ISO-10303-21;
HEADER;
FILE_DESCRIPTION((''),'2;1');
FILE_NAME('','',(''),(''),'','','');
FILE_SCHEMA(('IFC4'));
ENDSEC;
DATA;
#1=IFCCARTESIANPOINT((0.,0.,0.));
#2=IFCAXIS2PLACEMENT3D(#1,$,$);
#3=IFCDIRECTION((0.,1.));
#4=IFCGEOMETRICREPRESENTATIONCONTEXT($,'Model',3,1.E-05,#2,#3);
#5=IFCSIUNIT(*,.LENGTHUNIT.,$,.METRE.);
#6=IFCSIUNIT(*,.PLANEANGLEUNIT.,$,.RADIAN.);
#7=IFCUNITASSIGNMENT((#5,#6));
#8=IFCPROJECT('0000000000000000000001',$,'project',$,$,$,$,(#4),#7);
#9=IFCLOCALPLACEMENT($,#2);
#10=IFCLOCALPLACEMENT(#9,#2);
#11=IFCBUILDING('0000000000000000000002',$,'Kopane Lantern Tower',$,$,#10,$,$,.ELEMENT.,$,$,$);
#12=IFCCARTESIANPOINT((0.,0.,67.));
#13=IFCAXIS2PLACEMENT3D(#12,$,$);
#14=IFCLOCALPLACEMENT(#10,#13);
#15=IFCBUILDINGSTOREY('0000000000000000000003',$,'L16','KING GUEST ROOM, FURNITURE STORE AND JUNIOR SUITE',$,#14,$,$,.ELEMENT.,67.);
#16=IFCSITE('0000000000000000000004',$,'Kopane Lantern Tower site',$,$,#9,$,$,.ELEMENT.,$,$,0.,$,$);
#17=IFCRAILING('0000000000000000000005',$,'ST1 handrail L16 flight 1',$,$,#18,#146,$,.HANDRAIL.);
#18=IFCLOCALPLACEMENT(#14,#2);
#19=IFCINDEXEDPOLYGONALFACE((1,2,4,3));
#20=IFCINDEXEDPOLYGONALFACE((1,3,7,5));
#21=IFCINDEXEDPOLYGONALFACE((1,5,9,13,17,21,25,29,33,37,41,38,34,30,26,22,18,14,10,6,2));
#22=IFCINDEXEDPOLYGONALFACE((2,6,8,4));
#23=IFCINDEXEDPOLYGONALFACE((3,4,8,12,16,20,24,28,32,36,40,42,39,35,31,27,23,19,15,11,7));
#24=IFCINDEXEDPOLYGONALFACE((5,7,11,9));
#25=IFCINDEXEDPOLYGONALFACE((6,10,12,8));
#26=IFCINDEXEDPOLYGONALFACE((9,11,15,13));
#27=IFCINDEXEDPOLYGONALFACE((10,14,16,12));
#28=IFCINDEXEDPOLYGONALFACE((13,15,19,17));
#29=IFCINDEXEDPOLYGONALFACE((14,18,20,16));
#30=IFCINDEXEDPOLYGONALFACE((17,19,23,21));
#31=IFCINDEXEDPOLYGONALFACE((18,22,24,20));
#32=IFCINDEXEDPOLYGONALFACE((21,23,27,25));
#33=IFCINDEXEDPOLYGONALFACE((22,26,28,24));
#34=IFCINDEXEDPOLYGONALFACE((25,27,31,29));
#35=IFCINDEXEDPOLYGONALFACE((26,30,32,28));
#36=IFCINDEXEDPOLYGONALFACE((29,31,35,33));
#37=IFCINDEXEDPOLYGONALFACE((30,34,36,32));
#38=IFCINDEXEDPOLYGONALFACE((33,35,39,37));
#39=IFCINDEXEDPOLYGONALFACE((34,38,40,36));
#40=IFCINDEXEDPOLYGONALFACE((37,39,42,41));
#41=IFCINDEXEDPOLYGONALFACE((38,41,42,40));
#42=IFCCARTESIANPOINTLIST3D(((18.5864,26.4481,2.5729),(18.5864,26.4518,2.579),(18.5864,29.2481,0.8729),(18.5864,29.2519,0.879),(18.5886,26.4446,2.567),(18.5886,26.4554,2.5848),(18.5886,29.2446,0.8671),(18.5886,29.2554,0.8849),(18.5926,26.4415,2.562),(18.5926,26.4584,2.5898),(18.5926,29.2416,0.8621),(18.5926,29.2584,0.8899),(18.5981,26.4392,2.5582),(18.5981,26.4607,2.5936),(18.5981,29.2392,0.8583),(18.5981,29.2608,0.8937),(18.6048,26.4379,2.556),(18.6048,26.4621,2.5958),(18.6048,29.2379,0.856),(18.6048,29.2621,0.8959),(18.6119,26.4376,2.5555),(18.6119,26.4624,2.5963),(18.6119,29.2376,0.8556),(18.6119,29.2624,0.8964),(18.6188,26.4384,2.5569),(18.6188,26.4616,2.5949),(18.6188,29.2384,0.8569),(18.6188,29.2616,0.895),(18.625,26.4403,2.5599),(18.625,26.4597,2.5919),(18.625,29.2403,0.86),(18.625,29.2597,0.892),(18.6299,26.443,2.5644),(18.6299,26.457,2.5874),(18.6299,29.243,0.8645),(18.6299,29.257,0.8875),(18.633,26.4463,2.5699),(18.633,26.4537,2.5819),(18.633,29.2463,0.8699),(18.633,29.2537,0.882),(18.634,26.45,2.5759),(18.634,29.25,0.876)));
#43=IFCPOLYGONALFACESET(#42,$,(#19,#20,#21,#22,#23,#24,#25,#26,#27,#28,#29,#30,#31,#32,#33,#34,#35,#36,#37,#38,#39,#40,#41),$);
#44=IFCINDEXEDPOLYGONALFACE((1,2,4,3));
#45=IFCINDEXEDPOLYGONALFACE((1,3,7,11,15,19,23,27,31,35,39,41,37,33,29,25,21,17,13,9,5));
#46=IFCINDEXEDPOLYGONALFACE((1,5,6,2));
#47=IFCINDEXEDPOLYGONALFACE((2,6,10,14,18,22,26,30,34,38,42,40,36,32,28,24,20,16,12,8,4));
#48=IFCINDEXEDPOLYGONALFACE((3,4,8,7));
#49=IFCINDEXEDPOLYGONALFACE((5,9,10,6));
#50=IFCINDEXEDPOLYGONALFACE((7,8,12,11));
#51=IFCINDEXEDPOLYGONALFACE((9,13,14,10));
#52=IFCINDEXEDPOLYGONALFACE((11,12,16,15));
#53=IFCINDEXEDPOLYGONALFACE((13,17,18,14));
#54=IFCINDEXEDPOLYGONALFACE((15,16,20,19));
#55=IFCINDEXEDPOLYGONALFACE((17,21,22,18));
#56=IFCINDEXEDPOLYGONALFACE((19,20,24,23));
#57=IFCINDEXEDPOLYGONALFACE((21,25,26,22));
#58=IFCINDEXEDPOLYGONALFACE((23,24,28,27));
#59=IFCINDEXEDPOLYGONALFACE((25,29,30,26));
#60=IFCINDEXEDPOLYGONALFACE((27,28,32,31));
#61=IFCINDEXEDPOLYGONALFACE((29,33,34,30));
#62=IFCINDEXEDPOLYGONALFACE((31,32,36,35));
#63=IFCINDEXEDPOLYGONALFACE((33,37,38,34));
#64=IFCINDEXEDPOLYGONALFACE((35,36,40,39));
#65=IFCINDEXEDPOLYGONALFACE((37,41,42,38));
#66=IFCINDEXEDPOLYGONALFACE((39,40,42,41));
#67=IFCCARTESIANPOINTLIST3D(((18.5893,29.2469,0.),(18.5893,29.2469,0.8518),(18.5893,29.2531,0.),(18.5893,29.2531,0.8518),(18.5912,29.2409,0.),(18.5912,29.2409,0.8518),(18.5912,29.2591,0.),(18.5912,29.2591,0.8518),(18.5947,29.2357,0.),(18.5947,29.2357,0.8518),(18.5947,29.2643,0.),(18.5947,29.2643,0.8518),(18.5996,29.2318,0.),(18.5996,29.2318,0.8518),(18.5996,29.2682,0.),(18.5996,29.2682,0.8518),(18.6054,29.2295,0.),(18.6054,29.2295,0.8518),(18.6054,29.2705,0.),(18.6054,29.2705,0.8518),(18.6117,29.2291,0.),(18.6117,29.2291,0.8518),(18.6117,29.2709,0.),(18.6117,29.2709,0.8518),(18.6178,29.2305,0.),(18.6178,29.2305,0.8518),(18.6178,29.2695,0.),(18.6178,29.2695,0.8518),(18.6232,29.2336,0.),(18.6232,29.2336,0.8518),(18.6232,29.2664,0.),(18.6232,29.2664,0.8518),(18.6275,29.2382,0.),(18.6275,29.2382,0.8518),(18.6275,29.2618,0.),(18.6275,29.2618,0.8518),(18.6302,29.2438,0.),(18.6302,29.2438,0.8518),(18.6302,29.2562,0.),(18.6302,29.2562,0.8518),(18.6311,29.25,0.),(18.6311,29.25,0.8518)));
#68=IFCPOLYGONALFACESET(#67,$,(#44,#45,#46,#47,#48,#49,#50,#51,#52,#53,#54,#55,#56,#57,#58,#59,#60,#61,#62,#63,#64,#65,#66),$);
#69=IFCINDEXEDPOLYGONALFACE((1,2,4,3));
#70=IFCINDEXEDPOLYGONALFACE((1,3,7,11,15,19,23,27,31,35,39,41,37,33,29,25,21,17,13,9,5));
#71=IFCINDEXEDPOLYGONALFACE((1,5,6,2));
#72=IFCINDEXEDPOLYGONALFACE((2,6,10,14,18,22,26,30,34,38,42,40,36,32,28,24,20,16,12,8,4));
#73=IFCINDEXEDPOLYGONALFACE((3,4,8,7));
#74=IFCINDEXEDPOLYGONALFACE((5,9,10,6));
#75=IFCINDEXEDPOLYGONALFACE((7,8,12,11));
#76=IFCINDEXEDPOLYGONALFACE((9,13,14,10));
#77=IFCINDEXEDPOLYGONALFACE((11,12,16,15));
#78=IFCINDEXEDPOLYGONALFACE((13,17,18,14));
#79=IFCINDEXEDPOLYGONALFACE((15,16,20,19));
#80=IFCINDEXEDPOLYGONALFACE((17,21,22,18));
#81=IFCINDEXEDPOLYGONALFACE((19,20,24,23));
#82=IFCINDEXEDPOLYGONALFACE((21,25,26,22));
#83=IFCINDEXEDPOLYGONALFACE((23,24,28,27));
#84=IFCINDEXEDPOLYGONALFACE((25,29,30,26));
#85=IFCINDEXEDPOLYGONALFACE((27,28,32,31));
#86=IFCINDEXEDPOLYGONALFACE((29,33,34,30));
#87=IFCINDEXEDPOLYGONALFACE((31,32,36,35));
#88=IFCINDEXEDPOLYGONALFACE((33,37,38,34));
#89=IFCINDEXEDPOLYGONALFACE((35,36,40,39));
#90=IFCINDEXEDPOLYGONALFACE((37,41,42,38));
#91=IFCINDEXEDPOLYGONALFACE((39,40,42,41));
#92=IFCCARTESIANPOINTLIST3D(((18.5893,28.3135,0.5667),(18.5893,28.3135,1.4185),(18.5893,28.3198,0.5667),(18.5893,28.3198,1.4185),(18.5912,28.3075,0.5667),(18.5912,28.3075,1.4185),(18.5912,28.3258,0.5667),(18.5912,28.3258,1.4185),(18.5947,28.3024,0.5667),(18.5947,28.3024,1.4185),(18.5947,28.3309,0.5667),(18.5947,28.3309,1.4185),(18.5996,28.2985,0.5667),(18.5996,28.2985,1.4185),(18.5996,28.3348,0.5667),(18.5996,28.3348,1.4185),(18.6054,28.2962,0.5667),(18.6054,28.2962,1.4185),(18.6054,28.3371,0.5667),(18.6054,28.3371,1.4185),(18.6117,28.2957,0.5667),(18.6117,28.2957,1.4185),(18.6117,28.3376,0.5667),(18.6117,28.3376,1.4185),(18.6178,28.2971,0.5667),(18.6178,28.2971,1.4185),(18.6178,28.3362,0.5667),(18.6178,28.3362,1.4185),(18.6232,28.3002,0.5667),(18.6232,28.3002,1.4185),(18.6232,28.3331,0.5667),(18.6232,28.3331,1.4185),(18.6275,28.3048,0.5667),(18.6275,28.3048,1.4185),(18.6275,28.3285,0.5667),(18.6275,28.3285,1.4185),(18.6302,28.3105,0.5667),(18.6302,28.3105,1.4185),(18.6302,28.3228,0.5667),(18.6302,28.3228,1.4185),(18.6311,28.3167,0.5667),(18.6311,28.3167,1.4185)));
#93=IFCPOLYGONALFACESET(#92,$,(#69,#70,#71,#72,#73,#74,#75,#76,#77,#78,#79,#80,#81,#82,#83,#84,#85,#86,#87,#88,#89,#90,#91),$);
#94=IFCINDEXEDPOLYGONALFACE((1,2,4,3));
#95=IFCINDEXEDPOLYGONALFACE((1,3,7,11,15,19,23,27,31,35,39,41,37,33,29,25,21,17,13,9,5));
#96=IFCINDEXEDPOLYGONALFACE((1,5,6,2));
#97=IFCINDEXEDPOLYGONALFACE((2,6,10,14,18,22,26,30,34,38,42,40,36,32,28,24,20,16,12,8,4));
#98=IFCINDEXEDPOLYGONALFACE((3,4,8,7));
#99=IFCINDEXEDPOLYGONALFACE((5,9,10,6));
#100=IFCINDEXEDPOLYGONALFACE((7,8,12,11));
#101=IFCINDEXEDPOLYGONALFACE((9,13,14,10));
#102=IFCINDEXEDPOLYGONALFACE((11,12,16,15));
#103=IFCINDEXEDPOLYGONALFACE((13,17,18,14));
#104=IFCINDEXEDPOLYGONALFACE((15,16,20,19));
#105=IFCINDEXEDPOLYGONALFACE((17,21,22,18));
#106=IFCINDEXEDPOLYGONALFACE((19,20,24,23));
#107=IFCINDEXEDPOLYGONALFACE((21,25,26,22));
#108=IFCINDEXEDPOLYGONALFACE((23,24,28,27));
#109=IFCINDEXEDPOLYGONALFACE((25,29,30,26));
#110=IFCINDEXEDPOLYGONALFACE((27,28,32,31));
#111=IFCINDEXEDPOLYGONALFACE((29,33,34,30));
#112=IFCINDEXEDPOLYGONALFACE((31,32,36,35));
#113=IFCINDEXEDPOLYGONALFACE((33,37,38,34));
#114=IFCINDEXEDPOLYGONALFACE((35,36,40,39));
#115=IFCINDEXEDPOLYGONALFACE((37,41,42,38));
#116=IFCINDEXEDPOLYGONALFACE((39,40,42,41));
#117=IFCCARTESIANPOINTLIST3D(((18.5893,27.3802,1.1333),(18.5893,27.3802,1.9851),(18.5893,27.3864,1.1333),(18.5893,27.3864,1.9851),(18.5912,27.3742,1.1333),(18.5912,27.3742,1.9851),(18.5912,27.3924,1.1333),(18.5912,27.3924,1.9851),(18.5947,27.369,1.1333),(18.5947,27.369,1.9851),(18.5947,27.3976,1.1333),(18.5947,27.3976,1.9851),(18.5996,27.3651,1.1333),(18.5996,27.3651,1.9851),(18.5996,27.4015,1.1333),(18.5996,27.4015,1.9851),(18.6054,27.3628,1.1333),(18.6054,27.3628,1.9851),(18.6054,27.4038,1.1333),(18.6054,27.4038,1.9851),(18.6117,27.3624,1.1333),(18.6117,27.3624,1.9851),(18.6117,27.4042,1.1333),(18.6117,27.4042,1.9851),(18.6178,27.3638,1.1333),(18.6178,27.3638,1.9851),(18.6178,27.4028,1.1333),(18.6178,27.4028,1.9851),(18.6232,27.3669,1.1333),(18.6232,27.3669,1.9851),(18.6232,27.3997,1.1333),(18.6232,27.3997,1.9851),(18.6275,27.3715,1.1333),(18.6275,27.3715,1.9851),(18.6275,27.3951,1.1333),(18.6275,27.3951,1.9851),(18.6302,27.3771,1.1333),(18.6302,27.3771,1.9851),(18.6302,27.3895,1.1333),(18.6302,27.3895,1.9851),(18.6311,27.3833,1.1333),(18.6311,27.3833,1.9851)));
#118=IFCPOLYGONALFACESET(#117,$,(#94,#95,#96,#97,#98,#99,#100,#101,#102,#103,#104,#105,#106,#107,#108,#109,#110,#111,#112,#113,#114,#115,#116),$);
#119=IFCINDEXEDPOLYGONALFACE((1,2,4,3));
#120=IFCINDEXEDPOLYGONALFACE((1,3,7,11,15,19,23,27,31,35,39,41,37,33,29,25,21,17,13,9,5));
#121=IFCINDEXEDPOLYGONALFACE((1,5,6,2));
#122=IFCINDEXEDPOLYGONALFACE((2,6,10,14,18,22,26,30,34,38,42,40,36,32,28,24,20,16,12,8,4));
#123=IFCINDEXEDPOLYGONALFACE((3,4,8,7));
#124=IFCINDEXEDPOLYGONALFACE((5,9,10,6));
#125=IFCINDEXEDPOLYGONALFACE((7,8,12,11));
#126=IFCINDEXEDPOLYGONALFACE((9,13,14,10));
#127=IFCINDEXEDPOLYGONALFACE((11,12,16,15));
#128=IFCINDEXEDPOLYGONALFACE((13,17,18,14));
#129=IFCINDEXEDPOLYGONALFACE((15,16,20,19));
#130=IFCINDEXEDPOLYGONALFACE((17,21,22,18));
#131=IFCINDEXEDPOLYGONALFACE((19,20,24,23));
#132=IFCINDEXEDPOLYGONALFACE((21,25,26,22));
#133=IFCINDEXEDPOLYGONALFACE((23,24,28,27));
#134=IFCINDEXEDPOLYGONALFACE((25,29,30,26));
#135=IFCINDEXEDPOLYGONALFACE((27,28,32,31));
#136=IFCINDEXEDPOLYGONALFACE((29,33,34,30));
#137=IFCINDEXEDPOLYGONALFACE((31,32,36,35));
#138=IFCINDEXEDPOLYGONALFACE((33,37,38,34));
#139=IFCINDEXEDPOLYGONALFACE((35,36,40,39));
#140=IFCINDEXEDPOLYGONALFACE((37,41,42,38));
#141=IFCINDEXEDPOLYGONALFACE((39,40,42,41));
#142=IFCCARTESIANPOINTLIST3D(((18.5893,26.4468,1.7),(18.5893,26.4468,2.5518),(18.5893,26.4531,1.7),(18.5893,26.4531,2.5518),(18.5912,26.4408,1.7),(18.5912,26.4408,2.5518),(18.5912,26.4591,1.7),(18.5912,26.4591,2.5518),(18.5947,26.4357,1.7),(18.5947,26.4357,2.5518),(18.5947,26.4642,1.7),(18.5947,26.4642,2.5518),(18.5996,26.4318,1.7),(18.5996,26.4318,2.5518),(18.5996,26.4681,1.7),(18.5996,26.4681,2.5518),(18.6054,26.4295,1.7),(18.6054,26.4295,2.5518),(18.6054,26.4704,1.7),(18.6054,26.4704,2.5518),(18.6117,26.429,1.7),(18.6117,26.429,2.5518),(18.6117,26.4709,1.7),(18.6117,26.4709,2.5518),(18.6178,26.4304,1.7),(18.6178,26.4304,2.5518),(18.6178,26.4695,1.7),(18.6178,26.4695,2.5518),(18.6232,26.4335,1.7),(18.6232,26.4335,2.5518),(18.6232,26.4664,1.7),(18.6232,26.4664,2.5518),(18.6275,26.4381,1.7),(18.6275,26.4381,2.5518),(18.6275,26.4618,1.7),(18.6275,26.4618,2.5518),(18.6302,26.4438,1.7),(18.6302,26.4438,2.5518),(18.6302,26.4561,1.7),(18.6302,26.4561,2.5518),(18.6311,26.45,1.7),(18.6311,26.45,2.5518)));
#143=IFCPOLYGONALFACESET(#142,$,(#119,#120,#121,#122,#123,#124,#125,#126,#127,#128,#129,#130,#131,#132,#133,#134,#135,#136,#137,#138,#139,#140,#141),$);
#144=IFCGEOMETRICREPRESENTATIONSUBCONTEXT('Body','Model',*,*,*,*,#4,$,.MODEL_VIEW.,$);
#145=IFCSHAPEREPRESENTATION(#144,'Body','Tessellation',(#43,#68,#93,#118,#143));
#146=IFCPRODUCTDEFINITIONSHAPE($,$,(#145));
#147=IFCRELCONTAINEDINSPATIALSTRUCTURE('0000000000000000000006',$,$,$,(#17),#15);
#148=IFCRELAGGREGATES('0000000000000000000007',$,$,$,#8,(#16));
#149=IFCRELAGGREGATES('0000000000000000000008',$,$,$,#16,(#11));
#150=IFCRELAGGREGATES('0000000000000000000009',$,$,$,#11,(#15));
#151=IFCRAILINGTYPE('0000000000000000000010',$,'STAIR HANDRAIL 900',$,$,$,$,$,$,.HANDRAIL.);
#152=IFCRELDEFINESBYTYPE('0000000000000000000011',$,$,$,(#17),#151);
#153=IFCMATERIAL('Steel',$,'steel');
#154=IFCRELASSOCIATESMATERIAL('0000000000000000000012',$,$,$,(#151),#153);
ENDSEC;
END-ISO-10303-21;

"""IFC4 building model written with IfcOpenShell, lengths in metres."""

from ifc_helpers import new_model, si_unit, direction, frame, origin, origin_2d, place, context, subcontext, project, spatial, circle, extrude, material, type_object, element, save


model = new_model("IFC4")

# Units and contexts
model_context = context("Model", 3, precision=1e-05, world=origin(), true_north=direction((0.0, 1.0)))
body_context = subcontext(model_context, "Body", "Model", "MODEL_VIEW")
ifc_project = project(units=[si_unit("LENGTHUNIT", "METRE"), si_unit("PLANEANGLEUNIT", "RADIAN")], contexts=[model_context])

# Site, building, storey
site_placement = place(None, origin())
site = spatial("IfcSite", under=ifc_project, at=site_placement, Name="Kopane Lantern Tower site", CompositionType="ELEMENT", RefElevation=0.0)
building_placement = place(site_placement, origin())
building = spatial("IfcBuilding", under=site, at=building_placement, Name="Kopane Lantern Tower", CompositionType="ELEMENT")
storey_placement = place(building_placement, frame((0.0, 0.0, 67.0)))
storey = spatial("IfcBuildingStorey", under=building, at=storey_placement, Name="L16", Description="KING GUEST ROOM, FURNITURE STORE AND JUNIOR SUITE", CompositionType="ELEMENT", Elevation=67.0)

# Railing
ifc_material_1 = material(Name="Steel", Category="steel")
railing_type_1 = type_object("IfcRailingType", Name="STAIR HANDRAIL 900", PredefinedType="HANDRAIL", material=ifc_material_1)
for number, where, name in (
    (1, (18.6101, 29.25, 0.0), "ST1 handrail L16 flight 1"),
):
    element("IfcRailing", number, at=place(storey_placement, frame(where)), inside=storey, type_object=railing_type_1, Name=name, PredefinedType="HANDRAIL", context=body_context, shape_type="SweptSolid", body=[
        extrude(circle(Radius=0.0239, at=origin_2d()), frame((0.0, 0.0, 0.876), z_axis=(0.0, -0.854798, 0.518961), x_axis=(1.0, 0.0, 0.0)), (0.0, 0.0, 1.0), 3.2756),
        extrude(circle(Radius=0.021, at=origin_2d()), origin(), (0.0, 0.0, 1.0), 0.8518),
        extrude(circle(Radius=0.021, at=origin_2d()), frame((0.0, -0.9333, 0.5667)), (0.0, 0.0, 1.0), 0.8518),
        extrude(circle(Radius=0.021, at=origin_2d()), frame((0.0, -1.8667, 1.1333)), (0.0, 0.0, 1.0), 0.8518),
        extrude(circle(Radius=0.021, at=origin_2d()), frame((0.0, -2.8, 1.7)), (0.0, 0.0, 1.0), 0.8518),
    ])

save(model, "model.ifc")
